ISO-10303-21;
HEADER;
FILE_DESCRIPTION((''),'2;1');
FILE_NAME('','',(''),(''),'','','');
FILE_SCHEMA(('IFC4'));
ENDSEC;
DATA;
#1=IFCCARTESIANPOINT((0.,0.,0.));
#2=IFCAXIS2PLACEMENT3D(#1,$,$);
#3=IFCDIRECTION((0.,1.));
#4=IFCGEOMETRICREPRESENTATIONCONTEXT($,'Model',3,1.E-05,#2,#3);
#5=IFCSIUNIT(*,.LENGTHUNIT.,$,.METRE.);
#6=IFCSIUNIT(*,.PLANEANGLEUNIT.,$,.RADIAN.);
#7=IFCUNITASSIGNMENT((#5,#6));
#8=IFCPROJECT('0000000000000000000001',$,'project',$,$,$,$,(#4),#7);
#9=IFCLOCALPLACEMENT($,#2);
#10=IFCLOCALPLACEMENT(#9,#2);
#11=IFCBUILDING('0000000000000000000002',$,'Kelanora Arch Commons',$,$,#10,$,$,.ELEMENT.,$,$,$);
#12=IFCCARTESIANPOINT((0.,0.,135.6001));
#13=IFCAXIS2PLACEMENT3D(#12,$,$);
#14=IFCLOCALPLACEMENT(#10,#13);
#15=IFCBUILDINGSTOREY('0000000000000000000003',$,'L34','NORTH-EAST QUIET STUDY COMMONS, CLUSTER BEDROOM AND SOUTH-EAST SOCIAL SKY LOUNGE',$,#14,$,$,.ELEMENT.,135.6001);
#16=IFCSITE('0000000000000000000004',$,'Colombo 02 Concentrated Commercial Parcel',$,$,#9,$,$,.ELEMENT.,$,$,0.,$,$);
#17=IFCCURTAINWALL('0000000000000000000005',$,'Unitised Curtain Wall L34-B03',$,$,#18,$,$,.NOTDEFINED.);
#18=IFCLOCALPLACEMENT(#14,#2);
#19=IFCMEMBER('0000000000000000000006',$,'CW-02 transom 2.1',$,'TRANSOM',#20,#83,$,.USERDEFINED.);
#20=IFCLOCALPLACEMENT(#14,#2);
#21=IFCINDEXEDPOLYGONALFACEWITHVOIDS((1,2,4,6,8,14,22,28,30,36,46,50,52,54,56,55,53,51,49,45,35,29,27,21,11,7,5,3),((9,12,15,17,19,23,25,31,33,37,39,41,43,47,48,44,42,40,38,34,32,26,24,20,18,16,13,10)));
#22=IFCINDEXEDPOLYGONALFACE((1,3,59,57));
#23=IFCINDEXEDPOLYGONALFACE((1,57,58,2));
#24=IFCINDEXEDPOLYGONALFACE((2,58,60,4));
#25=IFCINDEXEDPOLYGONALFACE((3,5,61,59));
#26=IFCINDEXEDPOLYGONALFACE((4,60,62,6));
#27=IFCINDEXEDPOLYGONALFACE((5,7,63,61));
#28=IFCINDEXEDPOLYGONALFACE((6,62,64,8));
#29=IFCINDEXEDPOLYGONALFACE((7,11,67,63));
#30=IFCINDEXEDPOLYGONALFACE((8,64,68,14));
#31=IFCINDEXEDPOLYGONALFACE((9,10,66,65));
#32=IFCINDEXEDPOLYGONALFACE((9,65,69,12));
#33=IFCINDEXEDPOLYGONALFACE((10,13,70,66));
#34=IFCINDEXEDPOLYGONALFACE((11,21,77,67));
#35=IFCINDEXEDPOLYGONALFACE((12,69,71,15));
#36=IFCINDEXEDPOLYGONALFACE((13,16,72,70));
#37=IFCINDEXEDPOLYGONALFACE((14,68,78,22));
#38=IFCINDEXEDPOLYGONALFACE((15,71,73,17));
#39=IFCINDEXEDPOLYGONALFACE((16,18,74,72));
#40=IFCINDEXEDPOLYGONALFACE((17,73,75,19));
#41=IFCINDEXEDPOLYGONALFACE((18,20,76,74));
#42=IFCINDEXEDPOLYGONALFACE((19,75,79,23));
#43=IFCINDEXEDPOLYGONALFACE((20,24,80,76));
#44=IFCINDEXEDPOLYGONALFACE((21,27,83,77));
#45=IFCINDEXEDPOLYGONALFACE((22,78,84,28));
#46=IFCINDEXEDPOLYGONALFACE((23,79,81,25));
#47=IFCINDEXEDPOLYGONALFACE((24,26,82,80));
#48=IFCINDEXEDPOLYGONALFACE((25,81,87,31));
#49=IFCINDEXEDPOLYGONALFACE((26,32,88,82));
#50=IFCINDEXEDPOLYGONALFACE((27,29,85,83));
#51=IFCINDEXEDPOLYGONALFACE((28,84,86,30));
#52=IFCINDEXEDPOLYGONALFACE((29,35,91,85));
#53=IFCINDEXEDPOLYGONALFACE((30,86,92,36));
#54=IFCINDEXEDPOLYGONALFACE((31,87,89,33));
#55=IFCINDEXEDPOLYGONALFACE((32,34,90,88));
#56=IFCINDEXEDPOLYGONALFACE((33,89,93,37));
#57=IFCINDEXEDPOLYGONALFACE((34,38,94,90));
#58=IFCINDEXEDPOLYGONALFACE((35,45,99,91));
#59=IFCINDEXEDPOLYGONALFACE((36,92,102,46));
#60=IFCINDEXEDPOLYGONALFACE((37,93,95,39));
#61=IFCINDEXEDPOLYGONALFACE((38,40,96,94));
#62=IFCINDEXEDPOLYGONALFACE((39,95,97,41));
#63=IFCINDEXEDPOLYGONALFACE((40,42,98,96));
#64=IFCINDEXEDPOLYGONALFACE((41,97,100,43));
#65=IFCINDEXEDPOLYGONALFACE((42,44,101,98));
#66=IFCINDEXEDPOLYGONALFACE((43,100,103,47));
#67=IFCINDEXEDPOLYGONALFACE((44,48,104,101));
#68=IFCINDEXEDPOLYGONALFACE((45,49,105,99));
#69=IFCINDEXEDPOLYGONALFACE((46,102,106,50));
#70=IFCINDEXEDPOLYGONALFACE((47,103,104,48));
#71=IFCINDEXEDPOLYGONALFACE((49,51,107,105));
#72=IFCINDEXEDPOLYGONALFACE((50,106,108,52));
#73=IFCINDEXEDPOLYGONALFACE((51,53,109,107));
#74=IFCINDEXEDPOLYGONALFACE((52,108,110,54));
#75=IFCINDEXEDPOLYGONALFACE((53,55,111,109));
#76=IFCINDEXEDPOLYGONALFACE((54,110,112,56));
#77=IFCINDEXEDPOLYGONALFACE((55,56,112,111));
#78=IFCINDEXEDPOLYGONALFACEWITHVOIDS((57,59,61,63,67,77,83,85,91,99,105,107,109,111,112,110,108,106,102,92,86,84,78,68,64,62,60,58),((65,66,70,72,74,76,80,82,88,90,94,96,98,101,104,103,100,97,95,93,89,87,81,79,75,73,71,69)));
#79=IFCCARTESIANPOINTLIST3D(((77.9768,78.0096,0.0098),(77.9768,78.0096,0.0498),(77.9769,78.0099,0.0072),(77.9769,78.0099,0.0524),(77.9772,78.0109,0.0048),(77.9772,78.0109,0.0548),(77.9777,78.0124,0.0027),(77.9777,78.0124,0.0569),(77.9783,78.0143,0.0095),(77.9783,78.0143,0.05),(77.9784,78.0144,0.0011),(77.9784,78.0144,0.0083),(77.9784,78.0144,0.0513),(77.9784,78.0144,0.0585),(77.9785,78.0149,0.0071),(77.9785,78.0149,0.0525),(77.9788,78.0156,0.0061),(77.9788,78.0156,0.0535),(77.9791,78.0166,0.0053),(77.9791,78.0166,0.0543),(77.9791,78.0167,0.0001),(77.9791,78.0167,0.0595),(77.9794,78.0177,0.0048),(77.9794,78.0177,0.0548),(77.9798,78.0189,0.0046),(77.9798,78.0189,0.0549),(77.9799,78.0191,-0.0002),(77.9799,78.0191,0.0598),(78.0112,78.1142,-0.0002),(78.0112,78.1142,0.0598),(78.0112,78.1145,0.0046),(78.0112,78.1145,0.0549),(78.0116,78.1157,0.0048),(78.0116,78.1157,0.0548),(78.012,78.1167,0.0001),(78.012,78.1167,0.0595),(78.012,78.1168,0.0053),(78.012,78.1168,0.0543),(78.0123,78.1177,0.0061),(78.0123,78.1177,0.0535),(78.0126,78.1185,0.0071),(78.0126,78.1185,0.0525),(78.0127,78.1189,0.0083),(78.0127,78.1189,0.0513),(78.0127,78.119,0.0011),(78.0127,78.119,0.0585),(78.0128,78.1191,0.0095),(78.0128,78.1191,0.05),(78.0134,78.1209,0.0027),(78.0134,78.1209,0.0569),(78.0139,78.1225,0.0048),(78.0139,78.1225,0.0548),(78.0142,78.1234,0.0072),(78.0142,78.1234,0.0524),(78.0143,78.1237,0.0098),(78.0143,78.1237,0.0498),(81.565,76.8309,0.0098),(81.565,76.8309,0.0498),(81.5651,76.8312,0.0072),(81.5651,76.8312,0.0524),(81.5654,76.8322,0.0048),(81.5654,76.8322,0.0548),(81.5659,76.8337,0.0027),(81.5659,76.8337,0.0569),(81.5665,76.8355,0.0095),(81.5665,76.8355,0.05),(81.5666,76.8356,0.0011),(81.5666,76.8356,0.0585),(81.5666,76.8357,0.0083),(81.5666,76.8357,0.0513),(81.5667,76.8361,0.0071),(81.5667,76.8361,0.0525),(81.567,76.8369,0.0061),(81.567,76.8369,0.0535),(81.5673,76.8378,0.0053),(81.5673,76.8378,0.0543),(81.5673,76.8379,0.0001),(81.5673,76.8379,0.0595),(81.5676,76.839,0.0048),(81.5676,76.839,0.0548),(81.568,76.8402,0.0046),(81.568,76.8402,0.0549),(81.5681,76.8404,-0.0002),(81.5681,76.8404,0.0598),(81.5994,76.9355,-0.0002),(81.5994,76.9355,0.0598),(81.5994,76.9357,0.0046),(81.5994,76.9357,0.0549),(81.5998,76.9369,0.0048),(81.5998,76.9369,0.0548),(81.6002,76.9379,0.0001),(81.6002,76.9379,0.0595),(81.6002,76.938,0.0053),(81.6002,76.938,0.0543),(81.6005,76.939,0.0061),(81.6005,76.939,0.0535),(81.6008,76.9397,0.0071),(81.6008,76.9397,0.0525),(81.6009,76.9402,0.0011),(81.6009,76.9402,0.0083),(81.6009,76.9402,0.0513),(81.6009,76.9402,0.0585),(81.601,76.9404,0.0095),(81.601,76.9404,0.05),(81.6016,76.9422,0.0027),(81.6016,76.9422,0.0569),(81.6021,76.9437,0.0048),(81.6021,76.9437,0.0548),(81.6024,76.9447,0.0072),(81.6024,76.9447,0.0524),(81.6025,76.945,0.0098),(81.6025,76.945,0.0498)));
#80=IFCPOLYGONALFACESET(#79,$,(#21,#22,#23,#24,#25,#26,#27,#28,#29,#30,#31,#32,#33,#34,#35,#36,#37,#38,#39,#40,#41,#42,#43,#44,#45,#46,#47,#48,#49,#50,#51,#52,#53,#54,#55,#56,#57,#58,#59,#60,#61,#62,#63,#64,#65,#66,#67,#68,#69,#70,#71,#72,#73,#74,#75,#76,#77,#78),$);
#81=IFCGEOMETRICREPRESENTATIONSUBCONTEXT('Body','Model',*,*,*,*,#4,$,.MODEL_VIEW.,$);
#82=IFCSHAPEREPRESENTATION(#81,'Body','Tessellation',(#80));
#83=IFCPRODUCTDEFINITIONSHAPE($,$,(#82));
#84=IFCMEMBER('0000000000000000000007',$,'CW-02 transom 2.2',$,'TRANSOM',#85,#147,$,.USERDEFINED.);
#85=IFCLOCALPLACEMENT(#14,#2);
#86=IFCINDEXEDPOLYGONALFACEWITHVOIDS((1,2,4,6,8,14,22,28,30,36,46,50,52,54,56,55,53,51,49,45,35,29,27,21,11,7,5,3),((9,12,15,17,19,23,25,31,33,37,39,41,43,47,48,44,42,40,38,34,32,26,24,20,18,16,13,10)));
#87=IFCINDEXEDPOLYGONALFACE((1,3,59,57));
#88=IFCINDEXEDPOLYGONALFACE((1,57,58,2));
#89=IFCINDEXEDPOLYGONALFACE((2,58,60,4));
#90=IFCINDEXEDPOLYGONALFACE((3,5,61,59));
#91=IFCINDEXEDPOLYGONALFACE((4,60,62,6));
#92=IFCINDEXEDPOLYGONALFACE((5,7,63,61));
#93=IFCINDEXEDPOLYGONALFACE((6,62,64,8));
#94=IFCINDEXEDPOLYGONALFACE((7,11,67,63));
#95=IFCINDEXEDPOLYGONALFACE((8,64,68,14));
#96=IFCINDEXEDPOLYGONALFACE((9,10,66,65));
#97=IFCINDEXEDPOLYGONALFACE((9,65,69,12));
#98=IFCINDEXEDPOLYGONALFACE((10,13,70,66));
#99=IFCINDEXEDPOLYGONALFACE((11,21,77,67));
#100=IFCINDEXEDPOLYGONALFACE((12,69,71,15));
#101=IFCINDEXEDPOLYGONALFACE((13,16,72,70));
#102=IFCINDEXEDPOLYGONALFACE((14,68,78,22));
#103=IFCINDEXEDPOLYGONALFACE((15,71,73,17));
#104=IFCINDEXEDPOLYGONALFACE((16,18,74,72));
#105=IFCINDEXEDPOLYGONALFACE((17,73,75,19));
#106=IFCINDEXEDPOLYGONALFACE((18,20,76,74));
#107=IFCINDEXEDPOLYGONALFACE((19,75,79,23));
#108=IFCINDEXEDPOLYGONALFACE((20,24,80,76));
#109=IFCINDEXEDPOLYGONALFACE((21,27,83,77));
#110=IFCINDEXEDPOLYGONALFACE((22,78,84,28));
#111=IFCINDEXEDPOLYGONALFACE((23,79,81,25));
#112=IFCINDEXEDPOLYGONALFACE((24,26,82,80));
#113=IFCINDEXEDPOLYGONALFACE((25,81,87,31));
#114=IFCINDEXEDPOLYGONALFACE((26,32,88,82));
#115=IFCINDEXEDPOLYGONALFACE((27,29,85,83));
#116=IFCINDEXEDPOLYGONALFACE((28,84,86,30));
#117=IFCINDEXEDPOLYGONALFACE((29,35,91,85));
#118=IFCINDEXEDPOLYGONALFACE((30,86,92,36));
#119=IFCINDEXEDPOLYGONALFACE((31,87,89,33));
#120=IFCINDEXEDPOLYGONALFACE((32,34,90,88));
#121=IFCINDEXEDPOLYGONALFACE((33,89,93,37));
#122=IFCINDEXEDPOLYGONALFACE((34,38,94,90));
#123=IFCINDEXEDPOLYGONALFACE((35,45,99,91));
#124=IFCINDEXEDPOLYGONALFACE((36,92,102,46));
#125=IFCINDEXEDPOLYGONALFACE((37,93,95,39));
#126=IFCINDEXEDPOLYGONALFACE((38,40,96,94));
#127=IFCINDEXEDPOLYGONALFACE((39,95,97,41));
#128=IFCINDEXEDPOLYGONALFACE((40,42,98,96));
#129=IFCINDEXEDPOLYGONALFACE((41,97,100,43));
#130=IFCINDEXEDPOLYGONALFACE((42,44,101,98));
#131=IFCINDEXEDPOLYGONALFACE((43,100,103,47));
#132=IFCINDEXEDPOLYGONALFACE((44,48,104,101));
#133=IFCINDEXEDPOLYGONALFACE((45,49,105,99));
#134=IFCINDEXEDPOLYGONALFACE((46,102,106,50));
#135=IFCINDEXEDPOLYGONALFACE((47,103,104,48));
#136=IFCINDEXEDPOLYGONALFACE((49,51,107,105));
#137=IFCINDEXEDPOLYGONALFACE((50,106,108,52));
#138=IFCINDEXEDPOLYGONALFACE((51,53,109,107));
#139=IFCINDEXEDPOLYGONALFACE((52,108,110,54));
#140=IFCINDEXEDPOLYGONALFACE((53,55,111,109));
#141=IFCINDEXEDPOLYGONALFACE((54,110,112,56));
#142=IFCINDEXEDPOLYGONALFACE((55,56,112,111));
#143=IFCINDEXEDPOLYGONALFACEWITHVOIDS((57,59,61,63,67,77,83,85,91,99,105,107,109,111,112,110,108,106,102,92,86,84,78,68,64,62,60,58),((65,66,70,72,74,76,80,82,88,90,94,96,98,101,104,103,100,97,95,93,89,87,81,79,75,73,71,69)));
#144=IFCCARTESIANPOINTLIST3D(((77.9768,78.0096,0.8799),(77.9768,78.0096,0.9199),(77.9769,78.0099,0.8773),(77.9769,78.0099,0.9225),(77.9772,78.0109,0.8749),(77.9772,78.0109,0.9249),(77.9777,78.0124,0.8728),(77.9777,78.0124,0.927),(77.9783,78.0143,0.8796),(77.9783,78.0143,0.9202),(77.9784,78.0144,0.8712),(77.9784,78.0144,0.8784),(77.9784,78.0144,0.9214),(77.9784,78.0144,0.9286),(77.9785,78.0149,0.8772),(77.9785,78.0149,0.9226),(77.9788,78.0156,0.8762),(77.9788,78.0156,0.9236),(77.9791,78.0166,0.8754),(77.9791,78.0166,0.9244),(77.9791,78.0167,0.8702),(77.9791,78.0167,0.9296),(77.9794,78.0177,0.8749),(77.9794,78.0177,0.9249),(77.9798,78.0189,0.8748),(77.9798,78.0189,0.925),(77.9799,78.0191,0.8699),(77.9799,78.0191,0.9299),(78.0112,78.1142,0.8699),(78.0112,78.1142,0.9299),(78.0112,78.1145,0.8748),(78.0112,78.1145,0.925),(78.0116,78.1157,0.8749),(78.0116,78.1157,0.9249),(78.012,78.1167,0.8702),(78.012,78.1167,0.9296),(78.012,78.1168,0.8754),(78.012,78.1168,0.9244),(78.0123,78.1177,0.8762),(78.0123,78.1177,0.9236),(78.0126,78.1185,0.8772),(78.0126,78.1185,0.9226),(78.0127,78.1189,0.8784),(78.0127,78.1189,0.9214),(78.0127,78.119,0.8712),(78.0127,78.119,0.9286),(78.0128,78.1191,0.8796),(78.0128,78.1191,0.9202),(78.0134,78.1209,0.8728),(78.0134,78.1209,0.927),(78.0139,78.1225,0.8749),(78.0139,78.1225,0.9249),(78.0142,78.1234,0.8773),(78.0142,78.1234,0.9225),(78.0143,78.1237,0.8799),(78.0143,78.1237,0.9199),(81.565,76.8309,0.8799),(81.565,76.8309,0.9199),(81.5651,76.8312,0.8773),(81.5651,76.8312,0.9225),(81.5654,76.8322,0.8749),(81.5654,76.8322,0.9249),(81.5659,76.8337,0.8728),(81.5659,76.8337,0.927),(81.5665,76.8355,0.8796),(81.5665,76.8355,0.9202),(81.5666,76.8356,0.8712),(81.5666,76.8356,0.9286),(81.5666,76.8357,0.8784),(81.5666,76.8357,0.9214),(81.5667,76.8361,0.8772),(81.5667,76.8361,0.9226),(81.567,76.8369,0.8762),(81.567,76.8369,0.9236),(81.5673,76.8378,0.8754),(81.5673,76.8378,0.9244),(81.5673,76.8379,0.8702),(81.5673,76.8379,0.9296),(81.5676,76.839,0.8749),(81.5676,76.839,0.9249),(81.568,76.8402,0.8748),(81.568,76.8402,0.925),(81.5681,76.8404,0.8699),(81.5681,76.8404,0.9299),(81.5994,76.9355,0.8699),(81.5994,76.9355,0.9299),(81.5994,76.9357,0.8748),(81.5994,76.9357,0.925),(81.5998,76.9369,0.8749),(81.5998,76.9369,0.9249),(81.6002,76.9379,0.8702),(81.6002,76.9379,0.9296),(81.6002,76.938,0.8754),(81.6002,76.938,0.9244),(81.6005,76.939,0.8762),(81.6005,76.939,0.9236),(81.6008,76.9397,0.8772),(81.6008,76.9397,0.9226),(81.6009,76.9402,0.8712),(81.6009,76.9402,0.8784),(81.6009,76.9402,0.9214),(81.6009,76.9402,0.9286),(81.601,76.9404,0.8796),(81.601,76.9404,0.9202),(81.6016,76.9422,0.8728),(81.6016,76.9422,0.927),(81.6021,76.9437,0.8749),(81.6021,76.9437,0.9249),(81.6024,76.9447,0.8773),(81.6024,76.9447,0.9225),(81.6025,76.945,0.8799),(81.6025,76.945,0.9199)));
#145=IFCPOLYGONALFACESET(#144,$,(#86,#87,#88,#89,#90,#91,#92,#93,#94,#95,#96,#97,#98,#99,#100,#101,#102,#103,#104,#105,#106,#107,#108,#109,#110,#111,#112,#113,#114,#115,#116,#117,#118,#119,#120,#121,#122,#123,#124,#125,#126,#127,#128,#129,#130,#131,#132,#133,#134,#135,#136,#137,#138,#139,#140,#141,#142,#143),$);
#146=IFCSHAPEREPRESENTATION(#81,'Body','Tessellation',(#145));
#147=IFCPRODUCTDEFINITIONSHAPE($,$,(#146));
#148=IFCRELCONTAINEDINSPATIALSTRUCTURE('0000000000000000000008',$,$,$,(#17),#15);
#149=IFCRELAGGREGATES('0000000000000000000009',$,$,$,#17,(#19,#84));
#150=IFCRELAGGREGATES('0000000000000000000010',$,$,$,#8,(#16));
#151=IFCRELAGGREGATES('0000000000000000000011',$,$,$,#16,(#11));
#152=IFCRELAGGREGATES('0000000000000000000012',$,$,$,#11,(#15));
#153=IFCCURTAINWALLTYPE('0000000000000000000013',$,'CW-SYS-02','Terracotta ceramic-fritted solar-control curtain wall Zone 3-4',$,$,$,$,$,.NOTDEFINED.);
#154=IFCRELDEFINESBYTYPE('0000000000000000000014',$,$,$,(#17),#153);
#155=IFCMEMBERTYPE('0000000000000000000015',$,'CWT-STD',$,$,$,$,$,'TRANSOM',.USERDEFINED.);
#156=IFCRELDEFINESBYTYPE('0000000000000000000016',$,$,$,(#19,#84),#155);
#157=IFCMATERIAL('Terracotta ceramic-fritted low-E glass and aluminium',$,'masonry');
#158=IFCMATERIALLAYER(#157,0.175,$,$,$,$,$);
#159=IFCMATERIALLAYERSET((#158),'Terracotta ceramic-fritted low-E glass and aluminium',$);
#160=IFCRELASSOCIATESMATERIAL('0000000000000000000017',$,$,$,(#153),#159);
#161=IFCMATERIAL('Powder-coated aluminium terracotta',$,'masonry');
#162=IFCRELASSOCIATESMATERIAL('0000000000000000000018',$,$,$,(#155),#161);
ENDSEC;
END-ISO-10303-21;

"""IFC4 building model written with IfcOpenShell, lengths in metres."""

from ifc_helpers import new_model, si_unit, direction, frame, origin, origin_2d, place, context, subcontext, project, spatial, hollow_rectangle, extrude, material, layer, layer_set, material_profile, profile_set, type_object, element, aggregate, save


model = new_model("IFC4")

# Units and contexts
model_context = context("Model", 3, precision=1e-05, world=origin(), true_north=direction((0.0, 1.0)))
body_context = subcontext(model_context, "Body", "Model", "MODEL_VIEW")
ifc_project = project(units=[si_unit("LENGTHUNIT", "METRE"), si_unit("PLANEANGLEUNIT", "RADIAN")], contexts=[model_context])

# Site, building, storey
site_placement = place(None, origin())
site = spatial("IfcSite", under=ifc_project, at=site_placement, Name="Colombo 02 Concentrated Commercial Parcel", CompositionType="ELEMENT", RefElevation=0.0)
building_placement = place(site_placement, origin())
building = spatial("IfcBuilding", under=site, at=building_placement, Name="Kelanora Arch Commons", CompositionType="ELEMENT")
storey_placement = place(building_placement, frame((0.0, 0.0, 135.6001)))
storey = spatial("IfcBuildingStorey", under=building, at=storey_placement, Name="L34", Description="NORTH-EAST QUIET STUDY COMMONS, CLUSTER BEDROOM AND SOUTH-EAST SOCIAL SKY LOUNGE", CompositionType="ELEMENT", Elevation=135.6001)

# Curtain wall, members
ifc_material_1 = material(Name="Terracotta ceramic-fritted low-E glass and aluminium", Category="masonry")
ifc_layer_1 = layer(ifc_material_1, 0.175)
ifc_layer_set_1 = layer_set([ifc_layer_1], Name="Terracotta ceramic-fritted low-E glass and aluminium")
curtain_wall_type = type_object("IfcCurtainWallType", Name="CW-SYS-02", Description="Terracotta ceramic-fritted solar-control curtain wall Zone 3-4", PredefinedType="NOTDEFINED", material=ifc_layer_set_1)
curtain_wall_placement = place(storey_placement, origin())
curtain_wall = element("IfcCurtainWall", 1, at=curtain_wall_placement, inside=storey, type_object=curtain_wall_type, Name="Unitised Curtain Wall L34-B03", PredefinedType="NOTDEFINED")
ifc_material_2 = material(Name="Powder-coated aluminium terracotta", Category="masonry")
ifc_material_profile_1 = material_profile(ifc_material_2, hollow_rectangle(XDim=0.1201, YDim=0.0601, WallThickness=0.0049, InnerFilletRadius=0.0049, OuterFilletRadius=0.01, at=origin_2d()), Name="CWT120x60")
ifc_profile_set_1 = profile_set([ifc_material_profile_1], Name="Powder-coated aluminium terracotta")
member_type_1 = type_object("IfcMemberType", Name="CWT-STD", ElementType="TRANSOM", PredefinedType="USERDEFINED", material=ifc_profile_set_1)
member_1_placement = place(storey_placement, frame((81.5837, 76.8879, 0.0298), z_axis=(-0.950051, 0.312094, 0.0), x_axis=(-0.312094, -0.950051, 0.0)))
member_1 = element("IfcMember", 2, at=member_1_placement, type_object=member_type_1, Name="CW-02 transom 2.1", ObjectType="TRANSOM", PredefinedType="USERDEFINED", context=body_context, shape_type="SweptSolid", body=[
    extrude(hollow_rectangle(XDim=0.1201, YDim=0.0601, WallThickness=0.0049, InnerFilletRadius=0.0049, OuterFilletRadius=0.01, at=origin_2d()), origin(), (0.0, 0.0, 1.0), 3.7769),
])
member_2_placement = place(storey_placement, frame((81.5837, 76.8879, 0.8999), z_axis=(-0.950051, 0.312094, 0.0), x_axis=(-0.312094, -0.950051, 0.0)))
member_2 = element("IfcMember", 3, at=member_2_placement, type_object=member_type_1, Name="CW-02 transom 2.2", ObjectType="TRANSOM", PredefinedType="USERDEFINED", context=body_context, shape_type="SweptSolid", body=[
    extrude(hollow_rectangle(XDim=0.1201, YDim=0.0601, WallThickness=0.0049, InnerFilletRadius=0.0049, OuterFilletRadius=0.01, at=origin_2d()), origin(), (0.0, 0.0, 1.0), 3.7769),
])
aggregate(curtain_wall, [member_1, member_2])

save(model, "model.ifc")
